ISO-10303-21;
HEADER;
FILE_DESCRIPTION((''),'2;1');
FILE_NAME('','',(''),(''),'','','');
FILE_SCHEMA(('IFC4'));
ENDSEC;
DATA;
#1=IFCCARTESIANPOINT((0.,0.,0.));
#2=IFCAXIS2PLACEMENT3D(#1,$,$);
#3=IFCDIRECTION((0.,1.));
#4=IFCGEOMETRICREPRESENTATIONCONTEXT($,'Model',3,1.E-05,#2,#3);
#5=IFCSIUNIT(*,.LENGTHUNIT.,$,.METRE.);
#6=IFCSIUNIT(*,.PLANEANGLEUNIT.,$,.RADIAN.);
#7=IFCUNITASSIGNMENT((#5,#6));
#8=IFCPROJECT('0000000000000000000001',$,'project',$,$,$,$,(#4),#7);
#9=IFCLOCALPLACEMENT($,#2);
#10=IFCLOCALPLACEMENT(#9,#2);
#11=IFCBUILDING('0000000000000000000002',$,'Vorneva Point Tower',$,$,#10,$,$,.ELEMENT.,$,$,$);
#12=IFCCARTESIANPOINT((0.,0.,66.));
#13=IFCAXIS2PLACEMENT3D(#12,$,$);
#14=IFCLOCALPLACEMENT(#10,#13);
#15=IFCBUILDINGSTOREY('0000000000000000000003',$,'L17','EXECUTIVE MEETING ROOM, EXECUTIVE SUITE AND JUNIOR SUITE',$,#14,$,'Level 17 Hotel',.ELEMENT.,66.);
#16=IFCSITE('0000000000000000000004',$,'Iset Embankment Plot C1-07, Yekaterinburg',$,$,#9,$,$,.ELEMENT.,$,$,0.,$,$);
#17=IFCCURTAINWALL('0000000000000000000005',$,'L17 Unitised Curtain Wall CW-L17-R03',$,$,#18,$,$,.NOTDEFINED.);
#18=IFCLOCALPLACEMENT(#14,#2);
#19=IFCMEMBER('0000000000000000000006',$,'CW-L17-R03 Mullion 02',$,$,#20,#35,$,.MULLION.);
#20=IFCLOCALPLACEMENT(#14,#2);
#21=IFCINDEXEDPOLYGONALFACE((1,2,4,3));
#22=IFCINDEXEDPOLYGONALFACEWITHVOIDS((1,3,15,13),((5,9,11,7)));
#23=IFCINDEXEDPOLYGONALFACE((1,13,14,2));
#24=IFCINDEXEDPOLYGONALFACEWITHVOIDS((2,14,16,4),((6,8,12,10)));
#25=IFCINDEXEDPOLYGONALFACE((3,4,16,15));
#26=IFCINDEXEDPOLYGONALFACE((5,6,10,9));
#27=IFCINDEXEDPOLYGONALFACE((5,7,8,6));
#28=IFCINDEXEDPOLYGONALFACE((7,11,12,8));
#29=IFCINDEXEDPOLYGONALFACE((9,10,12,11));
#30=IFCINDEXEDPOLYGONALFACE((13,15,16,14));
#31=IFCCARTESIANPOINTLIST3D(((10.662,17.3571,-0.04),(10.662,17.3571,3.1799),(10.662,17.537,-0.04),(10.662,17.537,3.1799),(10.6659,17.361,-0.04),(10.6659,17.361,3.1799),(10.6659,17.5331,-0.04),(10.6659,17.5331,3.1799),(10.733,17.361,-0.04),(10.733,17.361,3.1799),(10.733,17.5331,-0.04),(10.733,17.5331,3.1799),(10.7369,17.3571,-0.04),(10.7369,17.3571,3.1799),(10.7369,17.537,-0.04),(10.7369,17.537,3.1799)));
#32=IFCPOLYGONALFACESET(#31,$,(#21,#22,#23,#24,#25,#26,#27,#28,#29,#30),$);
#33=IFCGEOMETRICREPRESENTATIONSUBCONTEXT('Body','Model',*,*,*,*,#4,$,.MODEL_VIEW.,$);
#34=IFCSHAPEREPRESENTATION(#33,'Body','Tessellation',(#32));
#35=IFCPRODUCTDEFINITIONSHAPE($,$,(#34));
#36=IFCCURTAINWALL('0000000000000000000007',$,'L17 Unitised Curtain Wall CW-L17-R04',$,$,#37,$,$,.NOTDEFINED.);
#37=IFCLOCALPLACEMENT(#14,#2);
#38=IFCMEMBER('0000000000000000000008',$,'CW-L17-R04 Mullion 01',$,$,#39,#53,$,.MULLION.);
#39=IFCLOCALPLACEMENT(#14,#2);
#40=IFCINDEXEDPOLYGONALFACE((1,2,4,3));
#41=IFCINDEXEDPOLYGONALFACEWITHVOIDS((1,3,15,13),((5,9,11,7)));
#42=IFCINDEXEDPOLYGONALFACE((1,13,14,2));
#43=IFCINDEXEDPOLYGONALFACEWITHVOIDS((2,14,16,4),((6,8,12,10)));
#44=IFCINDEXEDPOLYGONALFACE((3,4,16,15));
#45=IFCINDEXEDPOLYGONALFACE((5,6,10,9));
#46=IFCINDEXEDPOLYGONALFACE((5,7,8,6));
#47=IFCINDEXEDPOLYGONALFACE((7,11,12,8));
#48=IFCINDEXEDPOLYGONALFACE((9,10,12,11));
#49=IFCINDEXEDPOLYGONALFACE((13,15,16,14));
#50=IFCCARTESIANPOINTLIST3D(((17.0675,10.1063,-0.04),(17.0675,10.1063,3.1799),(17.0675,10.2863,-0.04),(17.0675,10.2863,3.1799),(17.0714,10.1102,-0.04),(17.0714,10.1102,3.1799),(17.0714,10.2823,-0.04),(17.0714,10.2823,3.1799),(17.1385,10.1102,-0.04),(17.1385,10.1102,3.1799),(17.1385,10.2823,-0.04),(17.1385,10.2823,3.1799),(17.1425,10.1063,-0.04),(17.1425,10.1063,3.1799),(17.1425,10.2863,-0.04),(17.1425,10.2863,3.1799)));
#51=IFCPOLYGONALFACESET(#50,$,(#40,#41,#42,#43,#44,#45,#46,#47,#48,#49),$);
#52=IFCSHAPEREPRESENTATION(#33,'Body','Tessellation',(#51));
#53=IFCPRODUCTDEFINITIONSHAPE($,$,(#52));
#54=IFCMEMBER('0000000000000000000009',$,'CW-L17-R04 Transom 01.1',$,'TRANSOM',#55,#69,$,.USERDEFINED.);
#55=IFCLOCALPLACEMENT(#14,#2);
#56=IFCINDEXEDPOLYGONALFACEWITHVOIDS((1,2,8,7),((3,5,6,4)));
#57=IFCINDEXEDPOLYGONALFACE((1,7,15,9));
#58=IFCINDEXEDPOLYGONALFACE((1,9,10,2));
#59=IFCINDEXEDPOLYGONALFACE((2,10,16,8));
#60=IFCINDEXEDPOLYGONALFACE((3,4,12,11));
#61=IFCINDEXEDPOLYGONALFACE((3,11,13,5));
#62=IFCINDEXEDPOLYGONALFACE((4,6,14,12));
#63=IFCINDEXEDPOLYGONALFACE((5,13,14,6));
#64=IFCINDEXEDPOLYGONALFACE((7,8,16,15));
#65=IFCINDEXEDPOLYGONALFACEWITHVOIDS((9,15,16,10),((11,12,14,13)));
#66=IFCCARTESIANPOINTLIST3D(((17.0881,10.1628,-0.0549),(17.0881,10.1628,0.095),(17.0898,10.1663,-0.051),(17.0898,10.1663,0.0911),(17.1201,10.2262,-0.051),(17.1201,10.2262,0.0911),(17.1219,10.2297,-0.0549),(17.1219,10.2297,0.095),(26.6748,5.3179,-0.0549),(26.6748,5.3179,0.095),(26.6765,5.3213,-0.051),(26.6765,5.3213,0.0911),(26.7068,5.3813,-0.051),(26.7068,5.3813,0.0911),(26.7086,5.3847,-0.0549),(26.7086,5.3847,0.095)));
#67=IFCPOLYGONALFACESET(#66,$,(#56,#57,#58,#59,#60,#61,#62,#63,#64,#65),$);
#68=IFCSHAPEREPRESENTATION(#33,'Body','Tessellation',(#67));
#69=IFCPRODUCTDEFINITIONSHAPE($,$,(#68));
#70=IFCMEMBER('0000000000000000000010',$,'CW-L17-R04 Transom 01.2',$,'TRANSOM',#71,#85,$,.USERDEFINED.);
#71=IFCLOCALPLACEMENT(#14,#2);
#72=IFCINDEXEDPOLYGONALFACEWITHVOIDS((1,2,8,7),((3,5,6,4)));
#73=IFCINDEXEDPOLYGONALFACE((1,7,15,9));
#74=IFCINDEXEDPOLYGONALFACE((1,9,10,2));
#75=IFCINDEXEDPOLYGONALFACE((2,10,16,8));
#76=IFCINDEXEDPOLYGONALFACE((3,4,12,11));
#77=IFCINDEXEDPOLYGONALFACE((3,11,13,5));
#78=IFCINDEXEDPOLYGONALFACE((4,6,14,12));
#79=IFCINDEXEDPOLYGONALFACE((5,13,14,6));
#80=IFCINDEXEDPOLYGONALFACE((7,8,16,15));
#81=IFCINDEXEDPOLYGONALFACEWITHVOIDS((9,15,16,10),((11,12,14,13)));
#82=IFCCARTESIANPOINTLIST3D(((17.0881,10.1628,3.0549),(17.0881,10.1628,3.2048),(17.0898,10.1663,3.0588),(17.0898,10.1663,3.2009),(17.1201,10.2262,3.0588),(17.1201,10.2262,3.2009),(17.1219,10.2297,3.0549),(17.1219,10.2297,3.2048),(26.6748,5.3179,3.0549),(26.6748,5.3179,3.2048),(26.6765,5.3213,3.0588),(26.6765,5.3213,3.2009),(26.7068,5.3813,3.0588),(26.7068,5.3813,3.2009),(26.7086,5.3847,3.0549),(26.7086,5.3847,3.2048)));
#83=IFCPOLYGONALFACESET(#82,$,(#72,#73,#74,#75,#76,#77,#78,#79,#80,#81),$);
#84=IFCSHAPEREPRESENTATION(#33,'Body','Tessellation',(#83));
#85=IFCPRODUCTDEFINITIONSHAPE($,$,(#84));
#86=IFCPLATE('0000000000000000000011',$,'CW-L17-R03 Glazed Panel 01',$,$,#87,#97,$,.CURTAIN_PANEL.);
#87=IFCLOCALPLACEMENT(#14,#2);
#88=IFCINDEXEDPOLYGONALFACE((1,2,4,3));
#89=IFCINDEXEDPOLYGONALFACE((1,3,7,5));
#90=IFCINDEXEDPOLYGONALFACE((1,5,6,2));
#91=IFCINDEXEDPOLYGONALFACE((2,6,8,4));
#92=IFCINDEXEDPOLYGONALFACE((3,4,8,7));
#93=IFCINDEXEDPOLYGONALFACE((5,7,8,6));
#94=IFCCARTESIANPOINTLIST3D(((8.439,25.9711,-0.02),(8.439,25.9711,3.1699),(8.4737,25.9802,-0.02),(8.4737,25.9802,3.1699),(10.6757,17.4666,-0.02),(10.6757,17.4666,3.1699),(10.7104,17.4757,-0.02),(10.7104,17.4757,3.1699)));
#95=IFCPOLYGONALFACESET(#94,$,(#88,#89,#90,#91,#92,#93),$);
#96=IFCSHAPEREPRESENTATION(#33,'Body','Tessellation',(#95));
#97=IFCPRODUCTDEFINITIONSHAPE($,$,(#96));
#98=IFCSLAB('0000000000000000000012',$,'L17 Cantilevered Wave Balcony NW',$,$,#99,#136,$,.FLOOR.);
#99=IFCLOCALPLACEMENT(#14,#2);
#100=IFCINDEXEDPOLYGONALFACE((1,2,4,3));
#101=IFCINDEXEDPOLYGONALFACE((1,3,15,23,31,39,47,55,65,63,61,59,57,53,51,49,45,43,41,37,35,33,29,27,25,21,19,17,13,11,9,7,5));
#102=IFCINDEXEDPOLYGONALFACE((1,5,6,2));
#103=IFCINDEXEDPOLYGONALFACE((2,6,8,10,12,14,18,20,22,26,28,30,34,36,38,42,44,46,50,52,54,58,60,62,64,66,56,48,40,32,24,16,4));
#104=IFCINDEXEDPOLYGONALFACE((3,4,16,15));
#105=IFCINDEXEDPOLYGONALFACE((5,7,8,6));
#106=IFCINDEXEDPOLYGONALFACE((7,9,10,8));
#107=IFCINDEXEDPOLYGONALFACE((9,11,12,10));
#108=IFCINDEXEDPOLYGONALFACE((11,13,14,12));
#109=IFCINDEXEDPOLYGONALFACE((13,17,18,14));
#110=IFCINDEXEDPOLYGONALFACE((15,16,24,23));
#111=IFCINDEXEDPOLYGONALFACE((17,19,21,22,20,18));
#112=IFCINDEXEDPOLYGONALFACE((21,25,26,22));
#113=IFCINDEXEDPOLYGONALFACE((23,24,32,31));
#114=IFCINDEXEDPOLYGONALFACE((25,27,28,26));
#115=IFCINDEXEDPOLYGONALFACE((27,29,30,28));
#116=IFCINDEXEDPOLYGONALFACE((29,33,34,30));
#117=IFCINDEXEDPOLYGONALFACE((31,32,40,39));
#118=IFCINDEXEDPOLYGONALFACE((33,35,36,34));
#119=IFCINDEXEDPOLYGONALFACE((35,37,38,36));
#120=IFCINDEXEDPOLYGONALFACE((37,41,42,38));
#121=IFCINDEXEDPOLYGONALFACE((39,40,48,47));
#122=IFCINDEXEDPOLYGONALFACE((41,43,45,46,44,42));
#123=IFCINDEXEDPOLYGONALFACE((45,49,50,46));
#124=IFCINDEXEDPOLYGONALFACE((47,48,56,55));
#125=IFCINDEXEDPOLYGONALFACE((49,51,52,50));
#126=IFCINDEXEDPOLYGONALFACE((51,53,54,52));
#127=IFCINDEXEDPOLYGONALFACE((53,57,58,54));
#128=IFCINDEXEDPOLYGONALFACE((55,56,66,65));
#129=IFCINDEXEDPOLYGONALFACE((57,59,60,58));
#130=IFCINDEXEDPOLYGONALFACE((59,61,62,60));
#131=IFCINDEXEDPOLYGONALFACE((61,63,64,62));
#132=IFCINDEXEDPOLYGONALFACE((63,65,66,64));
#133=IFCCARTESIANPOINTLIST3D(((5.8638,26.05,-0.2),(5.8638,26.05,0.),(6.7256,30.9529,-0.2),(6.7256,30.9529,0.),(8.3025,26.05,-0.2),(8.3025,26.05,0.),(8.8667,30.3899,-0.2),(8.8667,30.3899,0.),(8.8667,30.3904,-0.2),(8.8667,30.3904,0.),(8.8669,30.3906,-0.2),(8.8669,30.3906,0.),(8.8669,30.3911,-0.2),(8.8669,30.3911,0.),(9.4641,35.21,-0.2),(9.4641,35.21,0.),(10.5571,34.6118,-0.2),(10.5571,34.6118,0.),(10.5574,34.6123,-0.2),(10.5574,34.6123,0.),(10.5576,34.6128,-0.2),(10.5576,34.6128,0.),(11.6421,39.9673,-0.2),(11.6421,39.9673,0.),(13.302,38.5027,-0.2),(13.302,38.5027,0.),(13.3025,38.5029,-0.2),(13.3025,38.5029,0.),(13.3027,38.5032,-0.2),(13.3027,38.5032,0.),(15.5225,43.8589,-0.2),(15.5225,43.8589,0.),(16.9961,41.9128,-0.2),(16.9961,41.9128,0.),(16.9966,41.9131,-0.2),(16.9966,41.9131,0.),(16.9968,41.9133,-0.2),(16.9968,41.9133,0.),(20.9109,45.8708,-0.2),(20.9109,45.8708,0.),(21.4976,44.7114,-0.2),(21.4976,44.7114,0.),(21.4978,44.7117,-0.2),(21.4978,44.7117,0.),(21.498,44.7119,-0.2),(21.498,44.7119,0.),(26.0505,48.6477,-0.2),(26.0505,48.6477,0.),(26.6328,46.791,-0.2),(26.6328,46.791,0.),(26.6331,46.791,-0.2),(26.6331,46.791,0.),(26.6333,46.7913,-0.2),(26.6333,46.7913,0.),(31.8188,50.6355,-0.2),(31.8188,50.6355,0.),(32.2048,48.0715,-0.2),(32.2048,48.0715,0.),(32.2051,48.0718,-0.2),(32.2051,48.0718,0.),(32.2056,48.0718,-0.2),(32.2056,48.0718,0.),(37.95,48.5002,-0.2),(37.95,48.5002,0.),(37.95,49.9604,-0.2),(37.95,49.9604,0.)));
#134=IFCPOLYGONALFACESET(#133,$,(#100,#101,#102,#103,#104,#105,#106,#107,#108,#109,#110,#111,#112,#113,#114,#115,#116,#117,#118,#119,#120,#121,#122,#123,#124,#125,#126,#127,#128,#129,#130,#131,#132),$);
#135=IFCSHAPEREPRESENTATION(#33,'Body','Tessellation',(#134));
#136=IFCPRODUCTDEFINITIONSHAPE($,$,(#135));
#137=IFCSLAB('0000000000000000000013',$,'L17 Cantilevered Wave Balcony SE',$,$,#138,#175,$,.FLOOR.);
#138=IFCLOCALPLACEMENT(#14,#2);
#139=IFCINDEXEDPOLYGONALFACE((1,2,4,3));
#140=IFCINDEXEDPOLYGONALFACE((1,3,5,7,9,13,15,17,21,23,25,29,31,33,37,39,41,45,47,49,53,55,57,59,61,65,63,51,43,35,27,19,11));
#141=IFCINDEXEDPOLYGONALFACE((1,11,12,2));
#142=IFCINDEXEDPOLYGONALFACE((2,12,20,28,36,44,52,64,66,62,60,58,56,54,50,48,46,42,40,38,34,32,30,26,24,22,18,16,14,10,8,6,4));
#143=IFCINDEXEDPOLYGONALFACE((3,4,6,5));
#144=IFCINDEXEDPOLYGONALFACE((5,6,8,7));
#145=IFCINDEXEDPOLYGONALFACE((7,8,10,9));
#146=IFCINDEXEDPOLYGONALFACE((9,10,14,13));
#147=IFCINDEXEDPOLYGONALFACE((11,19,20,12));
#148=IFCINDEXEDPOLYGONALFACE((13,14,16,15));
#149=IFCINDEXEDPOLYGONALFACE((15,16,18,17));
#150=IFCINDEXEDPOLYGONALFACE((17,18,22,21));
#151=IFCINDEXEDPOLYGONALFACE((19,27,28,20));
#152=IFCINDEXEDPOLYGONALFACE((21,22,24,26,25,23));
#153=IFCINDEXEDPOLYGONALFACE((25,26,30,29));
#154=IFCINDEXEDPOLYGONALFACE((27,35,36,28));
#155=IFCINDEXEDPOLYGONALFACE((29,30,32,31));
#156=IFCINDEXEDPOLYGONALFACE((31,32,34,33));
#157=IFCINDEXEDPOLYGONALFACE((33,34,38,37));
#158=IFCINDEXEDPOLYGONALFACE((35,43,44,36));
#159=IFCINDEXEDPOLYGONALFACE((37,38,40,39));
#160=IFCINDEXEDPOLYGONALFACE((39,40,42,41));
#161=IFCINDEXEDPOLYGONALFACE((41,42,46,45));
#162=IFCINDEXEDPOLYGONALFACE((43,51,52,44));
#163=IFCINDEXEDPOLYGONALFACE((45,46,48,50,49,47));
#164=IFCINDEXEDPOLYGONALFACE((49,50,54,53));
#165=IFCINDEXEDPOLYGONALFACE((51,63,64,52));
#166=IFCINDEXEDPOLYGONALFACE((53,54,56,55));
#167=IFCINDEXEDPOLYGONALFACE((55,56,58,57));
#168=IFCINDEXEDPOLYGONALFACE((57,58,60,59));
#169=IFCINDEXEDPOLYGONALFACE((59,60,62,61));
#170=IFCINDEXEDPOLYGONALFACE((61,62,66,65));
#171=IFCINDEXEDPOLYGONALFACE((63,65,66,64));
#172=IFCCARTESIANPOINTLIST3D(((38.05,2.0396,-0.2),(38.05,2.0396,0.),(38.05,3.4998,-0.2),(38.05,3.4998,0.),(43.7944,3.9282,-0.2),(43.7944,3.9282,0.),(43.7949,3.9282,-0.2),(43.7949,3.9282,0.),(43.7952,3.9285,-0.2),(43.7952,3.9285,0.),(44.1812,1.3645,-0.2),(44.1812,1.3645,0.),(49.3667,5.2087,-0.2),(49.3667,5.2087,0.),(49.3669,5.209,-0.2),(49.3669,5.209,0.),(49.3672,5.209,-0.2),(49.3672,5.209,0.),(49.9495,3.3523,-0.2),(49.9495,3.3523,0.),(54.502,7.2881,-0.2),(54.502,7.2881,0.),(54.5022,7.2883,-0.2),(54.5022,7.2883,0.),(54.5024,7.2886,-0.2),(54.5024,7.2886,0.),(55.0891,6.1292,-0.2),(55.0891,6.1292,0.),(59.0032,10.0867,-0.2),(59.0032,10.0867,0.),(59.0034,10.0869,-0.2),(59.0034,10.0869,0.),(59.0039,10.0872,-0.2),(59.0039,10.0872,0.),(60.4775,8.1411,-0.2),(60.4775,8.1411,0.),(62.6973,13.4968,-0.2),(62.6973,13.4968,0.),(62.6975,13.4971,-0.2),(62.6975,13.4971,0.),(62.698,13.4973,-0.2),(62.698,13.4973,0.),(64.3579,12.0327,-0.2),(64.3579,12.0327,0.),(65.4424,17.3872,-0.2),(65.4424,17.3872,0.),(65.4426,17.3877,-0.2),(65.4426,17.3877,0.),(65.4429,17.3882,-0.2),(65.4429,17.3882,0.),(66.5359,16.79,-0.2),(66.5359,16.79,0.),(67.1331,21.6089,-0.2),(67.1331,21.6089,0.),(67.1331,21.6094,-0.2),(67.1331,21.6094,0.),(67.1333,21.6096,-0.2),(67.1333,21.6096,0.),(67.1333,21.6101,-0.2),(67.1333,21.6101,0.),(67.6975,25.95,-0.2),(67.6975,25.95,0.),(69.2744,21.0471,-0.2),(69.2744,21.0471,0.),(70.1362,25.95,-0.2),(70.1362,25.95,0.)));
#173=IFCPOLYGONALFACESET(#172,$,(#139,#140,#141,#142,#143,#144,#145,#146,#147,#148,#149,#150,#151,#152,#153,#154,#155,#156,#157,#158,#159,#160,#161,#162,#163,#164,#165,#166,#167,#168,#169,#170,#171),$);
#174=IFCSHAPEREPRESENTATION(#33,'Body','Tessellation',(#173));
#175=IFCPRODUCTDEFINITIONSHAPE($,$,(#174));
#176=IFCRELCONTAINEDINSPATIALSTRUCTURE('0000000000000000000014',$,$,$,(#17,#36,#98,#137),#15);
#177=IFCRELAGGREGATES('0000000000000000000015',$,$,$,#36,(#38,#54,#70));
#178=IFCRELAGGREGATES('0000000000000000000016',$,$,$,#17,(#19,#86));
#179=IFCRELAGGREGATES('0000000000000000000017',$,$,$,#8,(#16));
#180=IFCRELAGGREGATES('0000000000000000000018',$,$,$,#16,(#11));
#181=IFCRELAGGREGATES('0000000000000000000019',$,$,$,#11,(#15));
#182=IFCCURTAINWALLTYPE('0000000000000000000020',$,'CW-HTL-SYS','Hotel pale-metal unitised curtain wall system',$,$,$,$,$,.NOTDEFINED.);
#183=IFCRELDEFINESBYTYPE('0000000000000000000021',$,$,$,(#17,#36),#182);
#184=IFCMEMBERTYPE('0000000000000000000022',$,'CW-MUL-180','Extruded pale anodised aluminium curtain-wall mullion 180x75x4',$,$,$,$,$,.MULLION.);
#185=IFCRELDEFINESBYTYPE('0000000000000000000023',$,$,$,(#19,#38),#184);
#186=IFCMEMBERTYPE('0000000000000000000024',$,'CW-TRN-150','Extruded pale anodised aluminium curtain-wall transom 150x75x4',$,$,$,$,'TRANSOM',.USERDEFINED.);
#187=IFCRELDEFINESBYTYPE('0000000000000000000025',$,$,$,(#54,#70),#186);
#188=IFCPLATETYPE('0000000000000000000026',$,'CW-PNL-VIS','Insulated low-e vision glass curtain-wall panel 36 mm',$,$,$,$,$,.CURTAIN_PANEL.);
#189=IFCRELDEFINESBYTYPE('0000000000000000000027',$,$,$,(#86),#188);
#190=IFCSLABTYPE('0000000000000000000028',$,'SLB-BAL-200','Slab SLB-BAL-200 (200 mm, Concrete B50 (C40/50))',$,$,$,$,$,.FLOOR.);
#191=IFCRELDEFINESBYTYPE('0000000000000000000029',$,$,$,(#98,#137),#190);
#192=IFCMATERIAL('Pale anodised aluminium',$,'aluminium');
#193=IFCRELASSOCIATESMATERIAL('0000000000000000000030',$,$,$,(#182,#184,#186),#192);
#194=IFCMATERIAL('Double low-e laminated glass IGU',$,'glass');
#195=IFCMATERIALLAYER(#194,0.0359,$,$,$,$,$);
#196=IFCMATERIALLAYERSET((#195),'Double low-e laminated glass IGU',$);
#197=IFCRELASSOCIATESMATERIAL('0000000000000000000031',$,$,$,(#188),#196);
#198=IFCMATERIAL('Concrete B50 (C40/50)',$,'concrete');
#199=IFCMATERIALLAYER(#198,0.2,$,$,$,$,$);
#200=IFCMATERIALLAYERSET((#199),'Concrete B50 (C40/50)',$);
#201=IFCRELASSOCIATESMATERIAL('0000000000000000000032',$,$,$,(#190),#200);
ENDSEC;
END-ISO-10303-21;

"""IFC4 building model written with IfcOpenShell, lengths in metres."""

from ifc_helpers import new_model, si_unit, direction, frame, origin, origin_2d, place, context, subcontext, project, spatial, polyline, rectangle, hollow_rectangle, outline, extrude, material, layer, layer_set, material_profile, profile_set, type_object, element, aggregate, save


model = new_model("IFC4")

# Units and contexts
model_context = context("Model", 3, precision=1e-05, world=origin(), true_north=direction((0.0, 1.0)))
body_context = subcontext(model_context, "Body", "Model", "MODEL_VIEW")
ifc_project = project(units=[si_unit("LENGTHUNIT", "METRE"), si_unit("PLANEANGLEUNIT", "RADIAN")], contexts=[model_context])

# Site, building, storey
site_placement = place(None, origin())
site = spatial("IfcSite", under=ifc_project, at=site_placement, Name="Iset Embankment Plot C1-07, Yekaterinburg", CompositionType="ELEMENT", RefElevation=0.0)
building_placement = place(site_placement, origin())
building = spatial("IfcBuilding", under=site, at=building_placement, Name="Vorneva Point Tower", CompositionType="ELEMENT")
storey_placement = place(building_placement, frame((0.0, 0.0, 66.0)))
storey = spatial("IfcBuildingStorey", under=building, at=storey_placement, Name="L17", Description="EXECUTIVE MEETING ROOM, EXECUTIVE SUITE AND JUNIOR SUITE", LongName="Level 17 Hotel", CompositionType="ELEMENT", Elevation=66.0)

# Curtain walls, members
ifc_material_1 = material(Name="Pale anodised aluminium", Category="aluminium")
curtain_wall_type = type_object("IfcCurtainWallType", Name="CW-HTL-SYS", Description="Hotel pale-metal unitised curtain wall system", PredefinedType="NOTDEFINED", material=ifc_material_1)
curtain_wall_1_placement = place(storey_placement, origin())
curtain_wall_1 = element("IfcCurtainWall", 1, at=curtain_wall_1_placement, inside=storey, type_object=curtain_wall_type, Name="L17 Unitised Curtain Wall CW-L17-R03", PredefinedType="NOTDEFINED")
ifc_material_profile_1 = material_profile(ifc_material_1, hollow_rectangle(XDim=0.075, YDim=0.1799, WallThickness=0.0039, at=origin_2d()), Name="AL-MUL 180x75x4")
ifc_profile_set_1 = profile_set([ifc_material_profile_1], Name="Pale anodised aluminium")
member_type_1 = type_object("IfcMemberType", Name="CW-MUL-180", Description="Extruded pale anodised aluminium curtain-wall mullion 180x75x4", PredefinedType="MULLION", material=ifc_profile_set_1)
member_1_placement = place(storey_placement, frame((10.6995, 17.447, -0.04), z_axis=(0.0, 0.0, 1.0), x_axis=(1.0, 0.0, 0.0)))
member_1 = element("IfcMember", 2, at=member_1_placement, type_object=member_type_1, Name="CW-L17-R03 Mullion 02", PredefinedType="MULLION", context=body_context, shape_type="SweptSolid", body=[
    extrude(hollow_rectangle(XDim=0.075, YDim=0.1799, WallThickness=0.0039, at=origin_2d()), origin(), (0.0, 0.0, 1.0), 3.22),
])
curtain_wall_2_placement = place(storey_placement, origin())
curtain_wall_2 = element("IfcCurtainWall", 3, at=curtain_wall_2_placement, inside=storey, type_object=curtain_wall_type, Name="L17 Unitised Curtain Wall CW-L17-R04", PredefinedType="NOTDEFINED")
member_2_placement = place(storey_placement, frame((17.105, 10.1963, -0.04), z_axis=(0.0, 0.0, 1.0), x_axis=(1.0, 0.0, 0.0)))
member_2 = element("IfcMember", 4, at=member_2_placement, type_object=member_type_1, Name="CW-L17-R04 Mullion 01", PredefinedType="MULLION", context=body_context, shape_type="SweptSolid", body=[
    extrude(hollow_rectangle(XDim=0.075, YDim=0.1799, WallThickness=0.0039, at=origin_2d()), origin(), (0.0, 0.0, 1.0), 3.22),
])
ifc_material_profile_2 = material_profile(ifc_material_1, hollow_rectangle(XDim=0.075, YDim=0.1499, WallThickness=0.0039, at=origin_2d()), Name="AL-TRN 150x75x4")
ifc_profile_set_2 = profile_set([ifc_material_profile_2], Name="Pale anodised aluminium")
member_type_2 = type_object("IfcMemberType", Name="CW-TRN-150", Description="Extruded pale anodised aluminium curtain-wall transom 150x75x4", ElementType="TRANSOM", PredefinedType="USERDEFINED", material=ifc_profile_set_2)
member_3_placement = place(storey_placement, frame((17.105, 10.1963, 0.02), z_axis=(0.892496, -0.451055, 0.0), x_axis=(0.451055, 0.892496, 0.0)))
member_3 = element("IfcMember", 5, at=member_3_placement, type_object=member_type_2, Name="CW-L17-R04 Transom 01.1", ObjectType="TRANSOM", PredefinedType="USERDEFINED", context=body_context, shape_type="SweptSolid", body=[
    extrude(hollow_rectangle(XDim=0.075, YDim=0.1499, WallThickness=0.0039, at=origin_2d()), origin(), (0.0, 0.0, 1.0), 10.7415),
])
member_4_placement = place(storey_placement, frame((17.105, 10.1963, 3.1299), z_axis=(0.892496, -0.451055, 0.0), x_axis=(0.451055, 0.892496, 0.0)))
member_4 = element("IfcMember", 6, at=member_4_placement, type_object=member_type_2, Name="CW-L17-R04 Transom 01.2", ObjectType="TRANSOM", PredefinedType="USERDEFINED", context=body_context, shape_type="SweptSolid", body=[
    extrude(hollow_rectangle(XDim=0.075, YDim=0.1499, WallThickness=0.0039, at=origin_2d()), origin(), (0.0, 0.0, 1.0), 10.7415),
])
aggregate(curtain_wall_2, [member_2, member_3, member_4])

# Plate
ifc_material_2 = material(Name="Double low-e laminated glass IGU", Category="glass")
ifc_layer_1 = layer(ifc_material_2, 0.0359)
ifc_layer_set_1 = layer_set([ifc_layer_1], Name="Double low-e laminated glass IGU")
plate_type = type_object("IfcPlateType", Name="CW-PNL-VIS", Description="Insulated low-e vision glass curtain-wall panel 36 mm", PredefinedType="CURTAIN_PANEL", material=ifc_layer_set_1)
plate_placement = place(storey_placement, frame((9.5747, 21.7234, -0.02), z_axis=(0.0, 0.0, 1.0), x_axis=(0.254349, -0.967113, 0.0)))
plate = element("IfcPlate", 7, at=plate_placement, type_object=plate_type, Name="CW-L17-R03 Glazed Panel 01", PredefinedType="CURTAIN_PANEL", context=body_context, shape_type="SweptSolid", body=[
    extrude(rectangle(XDim=8.7937, YDim=0.0359, at=origin_2d()), origin(), (0.0, 0.0, 1.0), 3.1899),
])
aggregate(curtain_wall_1, [member_1, plate])

# Slabs
ifc_material_3 = material(Name="Concrete B50 (C40/50)", Category="concrete")
ifc_layer_2 = layer(ifc_material_3, 0.2)
ifc_layer_set_2 = layer_set([ifc_layer_2], Name="Concrete B50 (C40/50)")
slab_type_1 = type_object("IfcSlabType", Name="SLB-BAL-200", Description="Slab SLB-BAL-200 (200 mm, Concrete B50 (C40/50))", PredefinedType="FLOOR", material=ifc_layer_set_2)
slab_1_placement = place(storey_placement, frame((0.0, 0.0, -0.2)))
element("IfcSlab", 8, at=slab_1_placement, inside=storey, type_object=slab_type_1, Name="L17 Cantilevered Wave Balcony NW", PredefinedType="FLOOR", context=body_context, shape_type="SweptSolid", body=[
    extrude(outline(polyline([(5.8638, 26.05), (8.3025, 26.05), (8.8667, 30.3899), (8.8667, 30.3904), (8.8669, 30.3906), (8.8669, 30.3911), (10.5571, 34.6118), (10.5574, 34.6123), (10.5576, 34.6128), (13.302, 38.5027), (13.3025, 38.5029), (13.3027, 38.5032), (16.9961, 41.9128), (16.9966, 41.9131), (16.9968, 41.9133), (21.4976, 44.7114), (21.4978, 44.7117), (21.498, 44.7119), (26.6328, 46.791), (26.6331, 46.791), (26.6333, 46.7913), (32.2048, 48.0715), (32.2051, 48.0718), (32.2056, 48.0718), (37.95, 48.5002), (37.95, 49.9604), (31.8188, 50.6355), (26.0505, 48.6477), (20.9109, 45.8708), (15.5225, 43.8589), (11.6421, 39.9673), (9.4641, 35.21), (6.7256, 30.9529), (5.8638, 26.05)])), origin(), (0.0, 0.0, 1.0), 0.2),
])
slab_2_placement = place(storey_placement, frame((0.0, 0.0, -0.2)))
element("IfcSlab", 9, at=slab_2_placement, inside=storey, type_object=slab_type_1, Name="L17 Cantilevered Wave Balcony SE", PredefinedType="FLOOR", context=body_context, shape_type="SweptSolid", body=[
    extrude(outline(polyline([(69.2744, 21.0471), (70.1362, 25.95), (67.6975, 25.95), (67.1333, 21.6101), (67.1333, 21.6096), (67.1331, 21.6094), (67.1331, 21.6089), (65.4429, 17.3882), (65.4426, 17.3877), (65.4424, 17.3872), (62.698, 13.4973), (62.6975, 13.4971), (62.6973, 13.4968), (59.0039, 10.0872), (59.0034, 10.0869), (59.0032, 10.0867), (54.5024, 7.2886), (54.5022, 7.2883), (54.502, 7.2881), (49.3672, 5.209), (49.3669, 5.209), (49.3667, 5.2087), (43.7952, 3.9285), (43.7949, 3.9282), (43.7944, 3.9282), (38.05, 3.4998), (38.05, 2.0396), (44.1812, 1.3645), (49.9495, 3.3523), (55.0891, 6.1292), (60.4775, 8.1411), (64.3579, 12.0327), (66.5359, 16.79), (69.2744, 21.0471)])), origin(), (0.0, 0.0, 1.0), 0.2),
])

save(model, "model.ifc")
